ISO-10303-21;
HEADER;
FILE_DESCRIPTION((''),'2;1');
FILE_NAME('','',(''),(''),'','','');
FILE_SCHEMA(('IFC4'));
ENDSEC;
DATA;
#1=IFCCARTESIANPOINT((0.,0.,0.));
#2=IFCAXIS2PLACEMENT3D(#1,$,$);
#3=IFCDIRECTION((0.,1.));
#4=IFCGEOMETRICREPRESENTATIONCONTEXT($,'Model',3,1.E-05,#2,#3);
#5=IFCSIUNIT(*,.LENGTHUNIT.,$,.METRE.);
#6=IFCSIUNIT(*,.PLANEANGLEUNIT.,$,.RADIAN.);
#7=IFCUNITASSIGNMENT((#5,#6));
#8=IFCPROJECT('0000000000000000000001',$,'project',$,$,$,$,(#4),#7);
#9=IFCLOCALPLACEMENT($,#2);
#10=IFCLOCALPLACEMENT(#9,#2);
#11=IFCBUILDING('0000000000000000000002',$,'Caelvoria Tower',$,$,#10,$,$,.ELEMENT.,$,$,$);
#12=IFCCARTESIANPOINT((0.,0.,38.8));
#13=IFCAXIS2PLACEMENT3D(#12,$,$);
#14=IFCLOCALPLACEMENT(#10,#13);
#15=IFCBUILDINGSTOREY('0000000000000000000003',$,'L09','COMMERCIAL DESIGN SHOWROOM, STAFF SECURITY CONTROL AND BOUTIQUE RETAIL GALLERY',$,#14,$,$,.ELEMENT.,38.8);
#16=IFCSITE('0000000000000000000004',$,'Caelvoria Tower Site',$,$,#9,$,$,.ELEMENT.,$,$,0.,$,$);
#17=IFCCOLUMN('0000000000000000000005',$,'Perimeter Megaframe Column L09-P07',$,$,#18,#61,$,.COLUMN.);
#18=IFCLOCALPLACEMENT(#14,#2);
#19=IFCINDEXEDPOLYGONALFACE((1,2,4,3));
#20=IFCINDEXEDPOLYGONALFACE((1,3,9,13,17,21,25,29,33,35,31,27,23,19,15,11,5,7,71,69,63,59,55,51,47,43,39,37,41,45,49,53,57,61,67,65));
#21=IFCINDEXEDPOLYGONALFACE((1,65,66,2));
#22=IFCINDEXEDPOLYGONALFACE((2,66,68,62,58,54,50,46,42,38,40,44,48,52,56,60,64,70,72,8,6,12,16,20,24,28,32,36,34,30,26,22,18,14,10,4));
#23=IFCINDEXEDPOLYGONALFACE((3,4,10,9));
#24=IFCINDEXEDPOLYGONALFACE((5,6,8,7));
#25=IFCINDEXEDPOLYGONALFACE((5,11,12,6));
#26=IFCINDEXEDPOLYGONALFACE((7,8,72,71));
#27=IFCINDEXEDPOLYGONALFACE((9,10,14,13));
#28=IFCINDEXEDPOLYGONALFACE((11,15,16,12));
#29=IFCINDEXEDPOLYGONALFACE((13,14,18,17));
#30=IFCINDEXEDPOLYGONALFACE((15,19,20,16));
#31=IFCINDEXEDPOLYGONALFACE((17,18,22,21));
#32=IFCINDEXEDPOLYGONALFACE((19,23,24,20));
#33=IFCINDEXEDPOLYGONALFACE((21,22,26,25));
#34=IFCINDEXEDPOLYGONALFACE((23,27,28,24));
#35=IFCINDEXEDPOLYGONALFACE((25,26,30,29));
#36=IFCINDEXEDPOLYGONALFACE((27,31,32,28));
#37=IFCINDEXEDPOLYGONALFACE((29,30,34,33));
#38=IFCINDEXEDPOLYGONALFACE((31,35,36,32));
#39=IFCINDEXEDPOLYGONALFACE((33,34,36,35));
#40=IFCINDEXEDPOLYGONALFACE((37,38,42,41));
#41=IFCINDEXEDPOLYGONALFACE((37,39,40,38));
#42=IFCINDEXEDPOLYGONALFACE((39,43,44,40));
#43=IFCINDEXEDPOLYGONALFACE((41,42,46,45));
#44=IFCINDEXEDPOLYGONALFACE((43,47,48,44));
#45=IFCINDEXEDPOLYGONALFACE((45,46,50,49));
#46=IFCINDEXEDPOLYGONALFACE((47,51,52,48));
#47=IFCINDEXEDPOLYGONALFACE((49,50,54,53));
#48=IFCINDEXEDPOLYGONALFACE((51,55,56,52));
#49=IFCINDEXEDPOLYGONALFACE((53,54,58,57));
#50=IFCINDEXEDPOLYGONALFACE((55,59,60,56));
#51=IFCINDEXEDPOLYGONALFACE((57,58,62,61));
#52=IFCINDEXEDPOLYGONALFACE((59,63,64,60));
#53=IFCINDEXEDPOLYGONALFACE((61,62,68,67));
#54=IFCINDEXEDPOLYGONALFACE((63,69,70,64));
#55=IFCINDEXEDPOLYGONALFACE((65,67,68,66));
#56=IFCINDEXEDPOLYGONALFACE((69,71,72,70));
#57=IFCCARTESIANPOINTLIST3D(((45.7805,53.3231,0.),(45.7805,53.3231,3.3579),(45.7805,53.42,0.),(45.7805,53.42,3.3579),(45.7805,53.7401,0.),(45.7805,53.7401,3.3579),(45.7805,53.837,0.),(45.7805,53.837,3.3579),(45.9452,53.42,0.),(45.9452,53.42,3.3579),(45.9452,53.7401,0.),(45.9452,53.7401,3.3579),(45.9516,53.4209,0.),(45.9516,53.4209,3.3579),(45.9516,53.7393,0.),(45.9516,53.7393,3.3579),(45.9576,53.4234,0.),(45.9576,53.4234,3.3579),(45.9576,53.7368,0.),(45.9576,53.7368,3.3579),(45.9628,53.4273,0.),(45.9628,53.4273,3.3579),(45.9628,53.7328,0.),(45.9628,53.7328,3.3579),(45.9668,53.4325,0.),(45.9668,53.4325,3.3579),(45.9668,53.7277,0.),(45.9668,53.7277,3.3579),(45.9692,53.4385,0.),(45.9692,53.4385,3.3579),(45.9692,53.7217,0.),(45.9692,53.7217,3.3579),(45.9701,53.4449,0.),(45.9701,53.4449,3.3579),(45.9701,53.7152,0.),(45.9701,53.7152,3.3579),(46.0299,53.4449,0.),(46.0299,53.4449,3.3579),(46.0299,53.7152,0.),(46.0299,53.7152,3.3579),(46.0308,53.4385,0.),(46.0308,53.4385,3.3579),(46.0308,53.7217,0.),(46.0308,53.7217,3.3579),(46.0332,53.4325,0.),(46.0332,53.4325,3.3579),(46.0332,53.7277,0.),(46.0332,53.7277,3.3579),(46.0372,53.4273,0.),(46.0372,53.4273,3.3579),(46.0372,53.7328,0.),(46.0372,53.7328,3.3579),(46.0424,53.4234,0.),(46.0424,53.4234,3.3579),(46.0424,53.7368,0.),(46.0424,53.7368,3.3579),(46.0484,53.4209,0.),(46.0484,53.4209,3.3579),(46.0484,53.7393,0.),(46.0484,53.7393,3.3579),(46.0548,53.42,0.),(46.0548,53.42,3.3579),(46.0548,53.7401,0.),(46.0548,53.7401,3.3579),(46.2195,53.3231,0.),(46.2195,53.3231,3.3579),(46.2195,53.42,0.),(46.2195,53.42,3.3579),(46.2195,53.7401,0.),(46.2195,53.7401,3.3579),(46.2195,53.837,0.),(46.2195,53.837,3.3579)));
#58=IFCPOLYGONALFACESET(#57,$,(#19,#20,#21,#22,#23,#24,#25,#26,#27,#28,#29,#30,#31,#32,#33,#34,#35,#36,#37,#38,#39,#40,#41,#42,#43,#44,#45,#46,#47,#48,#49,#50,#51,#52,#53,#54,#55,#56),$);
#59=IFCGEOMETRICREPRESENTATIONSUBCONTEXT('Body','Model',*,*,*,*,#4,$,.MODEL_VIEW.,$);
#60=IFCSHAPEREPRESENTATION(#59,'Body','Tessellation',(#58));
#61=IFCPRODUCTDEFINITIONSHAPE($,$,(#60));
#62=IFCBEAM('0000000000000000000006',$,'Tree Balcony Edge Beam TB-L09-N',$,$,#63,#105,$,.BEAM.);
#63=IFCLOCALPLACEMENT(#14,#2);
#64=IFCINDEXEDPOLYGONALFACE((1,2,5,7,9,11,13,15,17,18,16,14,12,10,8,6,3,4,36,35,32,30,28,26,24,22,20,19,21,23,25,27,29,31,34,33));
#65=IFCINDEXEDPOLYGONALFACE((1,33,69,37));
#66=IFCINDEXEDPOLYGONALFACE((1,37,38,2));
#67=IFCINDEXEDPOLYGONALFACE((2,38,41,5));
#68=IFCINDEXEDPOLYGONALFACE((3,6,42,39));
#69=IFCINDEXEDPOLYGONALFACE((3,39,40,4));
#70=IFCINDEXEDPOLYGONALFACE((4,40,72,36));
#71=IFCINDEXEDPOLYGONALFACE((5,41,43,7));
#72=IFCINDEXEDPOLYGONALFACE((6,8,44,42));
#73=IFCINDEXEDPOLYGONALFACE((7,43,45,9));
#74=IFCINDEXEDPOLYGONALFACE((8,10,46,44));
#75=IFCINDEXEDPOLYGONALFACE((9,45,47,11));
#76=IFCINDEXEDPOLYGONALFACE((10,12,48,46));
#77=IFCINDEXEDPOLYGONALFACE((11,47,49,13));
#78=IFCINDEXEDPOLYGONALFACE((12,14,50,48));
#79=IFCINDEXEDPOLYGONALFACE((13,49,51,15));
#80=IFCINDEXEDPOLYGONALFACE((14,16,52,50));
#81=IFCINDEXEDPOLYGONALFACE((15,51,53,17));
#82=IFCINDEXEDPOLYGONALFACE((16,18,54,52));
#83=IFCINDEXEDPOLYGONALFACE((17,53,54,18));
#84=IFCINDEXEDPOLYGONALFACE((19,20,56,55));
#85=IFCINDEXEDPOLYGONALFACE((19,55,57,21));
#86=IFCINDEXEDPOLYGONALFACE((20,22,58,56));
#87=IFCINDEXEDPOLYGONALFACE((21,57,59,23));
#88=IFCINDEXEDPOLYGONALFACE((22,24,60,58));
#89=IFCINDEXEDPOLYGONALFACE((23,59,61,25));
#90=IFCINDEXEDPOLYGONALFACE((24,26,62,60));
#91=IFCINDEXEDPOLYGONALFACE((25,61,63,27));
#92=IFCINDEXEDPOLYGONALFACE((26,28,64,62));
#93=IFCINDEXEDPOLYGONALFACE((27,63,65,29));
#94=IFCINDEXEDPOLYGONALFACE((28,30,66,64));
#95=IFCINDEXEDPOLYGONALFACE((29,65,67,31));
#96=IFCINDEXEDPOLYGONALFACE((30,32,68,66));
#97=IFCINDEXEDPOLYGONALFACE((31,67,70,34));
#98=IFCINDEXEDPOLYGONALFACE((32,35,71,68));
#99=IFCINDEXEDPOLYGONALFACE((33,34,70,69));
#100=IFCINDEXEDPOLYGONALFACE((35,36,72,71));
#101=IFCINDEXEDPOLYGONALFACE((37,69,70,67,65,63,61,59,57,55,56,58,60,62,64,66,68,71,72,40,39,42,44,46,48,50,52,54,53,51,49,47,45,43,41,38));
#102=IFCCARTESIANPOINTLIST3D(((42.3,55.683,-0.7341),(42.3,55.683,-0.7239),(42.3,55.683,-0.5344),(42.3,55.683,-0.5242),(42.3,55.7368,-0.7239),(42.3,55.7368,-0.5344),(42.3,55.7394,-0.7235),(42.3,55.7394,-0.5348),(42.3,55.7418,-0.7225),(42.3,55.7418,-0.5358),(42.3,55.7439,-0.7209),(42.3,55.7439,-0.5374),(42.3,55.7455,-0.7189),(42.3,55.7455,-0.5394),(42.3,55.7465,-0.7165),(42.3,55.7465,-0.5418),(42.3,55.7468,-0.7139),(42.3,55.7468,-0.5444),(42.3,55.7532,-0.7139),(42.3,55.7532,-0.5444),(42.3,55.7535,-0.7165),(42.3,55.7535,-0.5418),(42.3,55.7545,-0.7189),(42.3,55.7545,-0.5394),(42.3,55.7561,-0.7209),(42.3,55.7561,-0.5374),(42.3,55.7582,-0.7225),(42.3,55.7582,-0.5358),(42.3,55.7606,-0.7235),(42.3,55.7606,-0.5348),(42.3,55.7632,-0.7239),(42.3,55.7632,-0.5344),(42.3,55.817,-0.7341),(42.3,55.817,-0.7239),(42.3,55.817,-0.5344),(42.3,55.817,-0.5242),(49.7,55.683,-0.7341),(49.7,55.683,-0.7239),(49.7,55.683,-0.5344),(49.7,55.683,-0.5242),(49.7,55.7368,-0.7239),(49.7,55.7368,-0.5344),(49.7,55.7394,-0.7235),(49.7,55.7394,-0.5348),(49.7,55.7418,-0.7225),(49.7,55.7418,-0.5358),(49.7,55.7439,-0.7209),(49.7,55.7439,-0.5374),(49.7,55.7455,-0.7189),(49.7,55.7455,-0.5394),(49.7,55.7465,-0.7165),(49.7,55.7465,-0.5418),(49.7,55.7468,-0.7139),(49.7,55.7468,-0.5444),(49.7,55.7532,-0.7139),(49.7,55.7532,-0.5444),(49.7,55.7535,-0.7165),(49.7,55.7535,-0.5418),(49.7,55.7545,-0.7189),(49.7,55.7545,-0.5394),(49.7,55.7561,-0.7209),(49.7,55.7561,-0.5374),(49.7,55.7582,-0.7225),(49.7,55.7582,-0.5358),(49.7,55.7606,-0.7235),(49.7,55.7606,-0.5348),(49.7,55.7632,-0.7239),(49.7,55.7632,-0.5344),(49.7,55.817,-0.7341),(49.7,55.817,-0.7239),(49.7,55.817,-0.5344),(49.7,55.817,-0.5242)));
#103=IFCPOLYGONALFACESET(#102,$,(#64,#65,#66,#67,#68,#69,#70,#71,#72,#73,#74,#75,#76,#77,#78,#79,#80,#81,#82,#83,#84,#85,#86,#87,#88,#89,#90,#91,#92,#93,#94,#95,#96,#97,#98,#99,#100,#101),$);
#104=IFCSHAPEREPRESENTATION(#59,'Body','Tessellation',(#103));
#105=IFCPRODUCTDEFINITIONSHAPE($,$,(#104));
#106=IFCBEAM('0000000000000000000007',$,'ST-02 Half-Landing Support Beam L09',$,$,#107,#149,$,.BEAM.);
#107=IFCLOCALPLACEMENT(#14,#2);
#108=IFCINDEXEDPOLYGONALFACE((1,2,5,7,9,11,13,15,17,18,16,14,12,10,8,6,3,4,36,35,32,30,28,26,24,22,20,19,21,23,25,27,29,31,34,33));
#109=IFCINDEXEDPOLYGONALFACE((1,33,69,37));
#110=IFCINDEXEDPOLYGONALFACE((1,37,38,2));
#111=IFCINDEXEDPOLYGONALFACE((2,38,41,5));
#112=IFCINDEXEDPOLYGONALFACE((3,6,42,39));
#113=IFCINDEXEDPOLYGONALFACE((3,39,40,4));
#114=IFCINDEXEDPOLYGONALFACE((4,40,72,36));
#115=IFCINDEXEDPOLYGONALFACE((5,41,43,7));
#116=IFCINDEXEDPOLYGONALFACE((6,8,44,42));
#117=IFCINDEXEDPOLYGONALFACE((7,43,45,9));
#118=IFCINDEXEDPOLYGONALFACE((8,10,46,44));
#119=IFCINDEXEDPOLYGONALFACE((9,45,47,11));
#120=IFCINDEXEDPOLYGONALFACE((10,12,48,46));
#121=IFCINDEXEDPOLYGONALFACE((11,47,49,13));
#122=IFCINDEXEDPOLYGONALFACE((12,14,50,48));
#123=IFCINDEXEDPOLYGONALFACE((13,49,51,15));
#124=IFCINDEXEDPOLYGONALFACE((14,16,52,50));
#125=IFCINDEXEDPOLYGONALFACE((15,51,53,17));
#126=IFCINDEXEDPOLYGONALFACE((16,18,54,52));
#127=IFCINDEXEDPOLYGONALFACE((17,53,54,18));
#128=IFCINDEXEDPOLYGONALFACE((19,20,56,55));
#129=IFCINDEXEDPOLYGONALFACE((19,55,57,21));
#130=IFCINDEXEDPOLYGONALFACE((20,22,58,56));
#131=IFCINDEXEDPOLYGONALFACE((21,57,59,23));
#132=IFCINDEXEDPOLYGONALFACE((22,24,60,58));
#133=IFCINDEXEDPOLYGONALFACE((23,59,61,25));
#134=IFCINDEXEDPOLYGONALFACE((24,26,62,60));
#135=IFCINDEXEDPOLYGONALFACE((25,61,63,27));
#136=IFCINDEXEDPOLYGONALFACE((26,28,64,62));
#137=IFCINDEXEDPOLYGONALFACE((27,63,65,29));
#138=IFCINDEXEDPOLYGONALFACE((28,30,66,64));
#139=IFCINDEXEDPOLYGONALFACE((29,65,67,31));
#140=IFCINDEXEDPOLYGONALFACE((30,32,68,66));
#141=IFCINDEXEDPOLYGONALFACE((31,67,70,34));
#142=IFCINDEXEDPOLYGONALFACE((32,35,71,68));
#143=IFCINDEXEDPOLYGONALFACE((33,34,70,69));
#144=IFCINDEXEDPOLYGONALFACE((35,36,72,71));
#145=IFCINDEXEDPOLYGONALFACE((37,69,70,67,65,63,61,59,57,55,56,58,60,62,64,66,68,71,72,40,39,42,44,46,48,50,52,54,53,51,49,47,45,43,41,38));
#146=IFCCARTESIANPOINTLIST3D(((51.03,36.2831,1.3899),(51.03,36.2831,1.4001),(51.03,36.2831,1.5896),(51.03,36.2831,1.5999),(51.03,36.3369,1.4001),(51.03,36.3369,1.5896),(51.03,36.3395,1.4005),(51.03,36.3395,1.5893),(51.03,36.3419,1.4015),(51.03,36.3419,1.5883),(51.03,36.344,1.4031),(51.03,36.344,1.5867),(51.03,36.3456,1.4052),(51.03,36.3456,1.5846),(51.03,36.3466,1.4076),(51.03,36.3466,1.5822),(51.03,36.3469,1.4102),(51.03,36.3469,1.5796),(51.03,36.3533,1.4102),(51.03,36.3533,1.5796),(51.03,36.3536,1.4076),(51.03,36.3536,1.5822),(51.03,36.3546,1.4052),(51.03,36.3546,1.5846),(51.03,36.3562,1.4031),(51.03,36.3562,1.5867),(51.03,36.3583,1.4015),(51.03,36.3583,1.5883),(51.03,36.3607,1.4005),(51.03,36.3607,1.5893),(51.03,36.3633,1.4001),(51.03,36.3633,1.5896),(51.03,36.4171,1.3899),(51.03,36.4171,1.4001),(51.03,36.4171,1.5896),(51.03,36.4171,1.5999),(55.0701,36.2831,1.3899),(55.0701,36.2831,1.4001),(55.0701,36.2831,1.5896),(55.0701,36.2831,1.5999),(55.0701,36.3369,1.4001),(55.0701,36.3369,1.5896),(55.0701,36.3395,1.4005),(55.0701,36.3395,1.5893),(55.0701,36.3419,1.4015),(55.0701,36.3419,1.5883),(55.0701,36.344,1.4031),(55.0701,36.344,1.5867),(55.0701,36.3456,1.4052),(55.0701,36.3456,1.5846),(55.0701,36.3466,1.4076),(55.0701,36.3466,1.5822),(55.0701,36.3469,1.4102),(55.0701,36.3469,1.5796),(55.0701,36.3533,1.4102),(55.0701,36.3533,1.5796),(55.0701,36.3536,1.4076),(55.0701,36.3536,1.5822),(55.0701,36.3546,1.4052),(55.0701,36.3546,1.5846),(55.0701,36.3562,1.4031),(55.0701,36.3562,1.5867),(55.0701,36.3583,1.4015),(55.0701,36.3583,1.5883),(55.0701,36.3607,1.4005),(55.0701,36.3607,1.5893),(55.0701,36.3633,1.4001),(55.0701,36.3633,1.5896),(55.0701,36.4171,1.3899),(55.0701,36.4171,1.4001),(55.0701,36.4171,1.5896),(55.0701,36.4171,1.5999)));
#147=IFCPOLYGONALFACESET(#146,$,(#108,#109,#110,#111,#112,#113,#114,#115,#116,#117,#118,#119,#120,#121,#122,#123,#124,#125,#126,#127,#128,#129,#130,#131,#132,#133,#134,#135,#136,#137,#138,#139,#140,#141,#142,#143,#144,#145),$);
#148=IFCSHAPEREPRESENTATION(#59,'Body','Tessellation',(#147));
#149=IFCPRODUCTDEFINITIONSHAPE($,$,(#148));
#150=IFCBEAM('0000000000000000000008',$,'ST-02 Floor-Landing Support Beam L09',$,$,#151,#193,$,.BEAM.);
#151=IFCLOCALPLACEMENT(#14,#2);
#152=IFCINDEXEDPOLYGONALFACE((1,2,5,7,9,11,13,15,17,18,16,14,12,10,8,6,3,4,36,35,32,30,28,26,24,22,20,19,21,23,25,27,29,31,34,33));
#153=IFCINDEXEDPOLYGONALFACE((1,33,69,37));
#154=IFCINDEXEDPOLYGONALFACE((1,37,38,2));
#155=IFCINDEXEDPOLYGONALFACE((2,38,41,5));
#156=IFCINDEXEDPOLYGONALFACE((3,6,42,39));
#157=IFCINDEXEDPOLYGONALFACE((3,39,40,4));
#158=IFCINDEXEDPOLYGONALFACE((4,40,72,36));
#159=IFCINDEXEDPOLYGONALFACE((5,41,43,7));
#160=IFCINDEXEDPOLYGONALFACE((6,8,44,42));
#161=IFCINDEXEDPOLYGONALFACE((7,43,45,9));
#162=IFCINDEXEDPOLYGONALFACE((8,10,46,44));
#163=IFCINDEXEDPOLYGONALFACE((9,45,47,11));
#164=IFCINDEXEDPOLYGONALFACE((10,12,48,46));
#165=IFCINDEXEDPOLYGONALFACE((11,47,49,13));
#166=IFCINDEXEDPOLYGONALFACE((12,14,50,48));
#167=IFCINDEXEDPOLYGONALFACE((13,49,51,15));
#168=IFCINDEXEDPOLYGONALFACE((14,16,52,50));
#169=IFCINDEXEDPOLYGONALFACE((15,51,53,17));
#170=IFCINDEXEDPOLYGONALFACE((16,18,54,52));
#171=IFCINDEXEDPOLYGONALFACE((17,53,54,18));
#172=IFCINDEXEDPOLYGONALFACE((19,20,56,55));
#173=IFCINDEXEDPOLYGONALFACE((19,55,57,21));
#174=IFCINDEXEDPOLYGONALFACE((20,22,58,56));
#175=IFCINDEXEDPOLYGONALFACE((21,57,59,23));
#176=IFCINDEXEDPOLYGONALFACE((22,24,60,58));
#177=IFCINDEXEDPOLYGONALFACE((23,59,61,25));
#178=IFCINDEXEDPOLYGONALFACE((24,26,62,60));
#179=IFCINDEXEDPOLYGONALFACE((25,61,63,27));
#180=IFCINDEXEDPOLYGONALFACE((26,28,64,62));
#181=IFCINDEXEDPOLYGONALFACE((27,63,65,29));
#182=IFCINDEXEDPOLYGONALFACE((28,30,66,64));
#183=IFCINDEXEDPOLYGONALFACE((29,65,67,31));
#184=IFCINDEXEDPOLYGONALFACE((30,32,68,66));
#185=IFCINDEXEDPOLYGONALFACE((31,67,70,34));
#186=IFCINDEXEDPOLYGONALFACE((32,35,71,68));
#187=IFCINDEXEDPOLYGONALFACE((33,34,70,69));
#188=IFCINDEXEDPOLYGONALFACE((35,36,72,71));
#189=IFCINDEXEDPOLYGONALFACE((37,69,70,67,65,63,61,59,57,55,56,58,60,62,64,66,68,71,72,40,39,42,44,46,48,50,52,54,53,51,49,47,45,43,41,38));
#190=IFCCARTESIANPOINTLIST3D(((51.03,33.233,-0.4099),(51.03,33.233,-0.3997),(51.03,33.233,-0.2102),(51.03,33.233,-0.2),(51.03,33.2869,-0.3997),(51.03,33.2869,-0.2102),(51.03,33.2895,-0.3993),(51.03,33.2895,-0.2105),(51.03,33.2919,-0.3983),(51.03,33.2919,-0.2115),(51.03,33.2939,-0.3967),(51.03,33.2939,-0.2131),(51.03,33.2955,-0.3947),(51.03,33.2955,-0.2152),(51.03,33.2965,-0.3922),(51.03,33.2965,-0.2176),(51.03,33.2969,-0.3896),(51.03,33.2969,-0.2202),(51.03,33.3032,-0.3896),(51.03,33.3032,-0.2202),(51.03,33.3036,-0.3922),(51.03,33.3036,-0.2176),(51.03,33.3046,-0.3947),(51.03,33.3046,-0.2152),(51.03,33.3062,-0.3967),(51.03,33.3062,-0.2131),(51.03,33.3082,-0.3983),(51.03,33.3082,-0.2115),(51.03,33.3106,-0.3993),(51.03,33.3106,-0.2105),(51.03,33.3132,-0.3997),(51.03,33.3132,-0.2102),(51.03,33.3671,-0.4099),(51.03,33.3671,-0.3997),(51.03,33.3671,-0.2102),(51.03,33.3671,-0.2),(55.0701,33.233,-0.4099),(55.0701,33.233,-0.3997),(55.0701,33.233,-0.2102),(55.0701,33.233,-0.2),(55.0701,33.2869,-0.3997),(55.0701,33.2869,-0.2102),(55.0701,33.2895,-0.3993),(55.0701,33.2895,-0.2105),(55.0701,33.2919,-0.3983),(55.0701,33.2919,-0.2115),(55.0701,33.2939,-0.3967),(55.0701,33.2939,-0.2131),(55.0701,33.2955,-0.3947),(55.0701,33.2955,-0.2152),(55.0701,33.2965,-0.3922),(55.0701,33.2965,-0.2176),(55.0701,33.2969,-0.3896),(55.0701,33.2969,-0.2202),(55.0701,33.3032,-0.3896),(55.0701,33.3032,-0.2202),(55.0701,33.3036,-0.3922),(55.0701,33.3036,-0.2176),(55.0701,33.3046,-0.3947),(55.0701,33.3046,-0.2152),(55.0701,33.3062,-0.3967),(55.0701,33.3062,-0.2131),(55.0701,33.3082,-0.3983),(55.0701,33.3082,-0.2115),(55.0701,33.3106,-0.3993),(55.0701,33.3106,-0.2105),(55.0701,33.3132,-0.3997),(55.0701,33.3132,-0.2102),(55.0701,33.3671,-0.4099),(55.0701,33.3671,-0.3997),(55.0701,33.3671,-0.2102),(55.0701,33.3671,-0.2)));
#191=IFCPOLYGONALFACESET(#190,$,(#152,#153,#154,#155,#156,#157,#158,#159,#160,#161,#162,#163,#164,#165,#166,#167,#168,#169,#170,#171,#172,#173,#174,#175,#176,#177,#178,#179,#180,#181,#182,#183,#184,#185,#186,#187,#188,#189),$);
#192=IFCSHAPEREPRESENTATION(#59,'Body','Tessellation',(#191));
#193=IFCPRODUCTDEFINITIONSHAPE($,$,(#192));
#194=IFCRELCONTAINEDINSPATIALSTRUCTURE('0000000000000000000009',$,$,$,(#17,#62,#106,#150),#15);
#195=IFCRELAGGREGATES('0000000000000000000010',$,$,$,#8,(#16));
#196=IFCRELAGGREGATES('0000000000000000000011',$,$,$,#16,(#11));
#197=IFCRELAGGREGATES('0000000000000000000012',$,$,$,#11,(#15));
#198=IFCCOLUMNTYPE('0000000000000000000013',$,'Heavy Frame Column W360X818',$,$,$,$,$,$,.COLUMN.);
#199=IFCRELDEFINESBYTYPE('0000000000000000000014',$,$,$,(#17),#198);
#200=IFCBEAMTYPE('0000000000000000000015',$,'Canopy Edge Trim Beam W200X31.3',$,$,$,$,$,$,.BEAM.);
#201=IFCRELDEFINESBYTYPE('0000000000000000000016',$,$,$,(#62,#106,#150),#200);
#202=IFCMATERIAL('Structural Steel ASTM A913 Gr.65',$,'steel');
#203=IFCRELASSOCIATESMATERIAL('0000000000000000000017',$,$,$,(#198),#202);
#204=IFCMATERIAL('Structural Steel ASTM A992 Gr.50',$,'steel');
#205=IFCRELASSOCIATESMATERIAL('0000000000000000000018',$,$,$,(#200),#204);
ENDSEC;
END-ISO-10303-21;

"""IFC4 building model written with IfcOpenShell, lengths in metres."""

from ifc_helpers import new_model, si_unit, direction, frame, origin, origin_2d, place, context, subcontext, project, spatial, i_section, extrude, material, material_profile, profile_set, type_object, element, save


model = new_model("IFC4")

# Units and contexts
model_context = context("Model", 3, precision=1e-05, world=origin(), true_north=direction((0.0, 1.0)))
body_context = subcontext(model_context, "Body", "Model", "MODEL_VIEW")
ifc_project = project(units=[si_unit("LENGTHUNIT", "METRE"), si_unit("PLANEANGLEUNIT", "RADIAN")], contexts=[model_context])

# Site, building, storey
site_placement = place(None, origin())
site = spatial("IfcSite", under=ifc_project, at=site_placement, Name="Caelvoria Tower Site", CompositionType="ELEMENT", RefElevation=0.0)
building_placement = place(site_placement, origin())
building = spatial("IfcBuilding", under=site, at=building_placement, Name="Caelvoria Tower", CompositionType="ELEMENT")
storey_placement = place(building_placement, frame((0.0, 0.0, 38.8)))
storey = spatial("IfcBuildingStorey", under=building, at=storey_placement, Name="L09", Description="COMMERCIAL DESIGN SHOWROOM, STAFF SECURITY CONTROL AND BOUTIQUE RETAIL GALLERY", CompositionType="ELEMENT", Elevation=38.8)

# Column
ifc_material_1 = material(Name="Structural Steel ASTM A913 Gr.65", Category="steel")
ifc_material_profile_1 = material_profile(ifc_material_1, i_section(OverallWidth=0.439, OverallDepth=0.5139, WebThickness=0.0598, FlangeThickness=0.0969, FilletRadius=0.0249, at=origin_2d()), Name="Structural Steel ASTM A913 Gr.65")
ifc_profile_set_1 = profile_set([ifc_material_profile_1], Name="W360X818 - Structural Steel ASTM A913 Gr.65")
column_type = type_object("IfcColumnType", Name="Heavy Frame Column W360X818", PredefinedType="COLUMN", material=ifc_profile_set_1)
column_placement = place(storey_placement, frame((46.0, 53.5801, 0.0), z_axis=(0.0, 0.0, 1.0), x_axis=(1.0, 0.0, 0.0)))
element("IfcColumn", 1, at=column_placement, inside=storey, type_object=column_type, Name="Perimeter Megaframe Column L09-P07", PredefinedType="COLUMN", context=body_context, shape_type="SweptSolid", body=[
    extrude(i_section(OverallWidth=0.439, OverallDepth=0.5139, WebThickness=0.0598, FlangeThickness=0.0969, FilletRadius=0.0249, at=origin_2d()), origin(), (0.0, 0.0, 1.0), 3.3579),
])

# Beams
ifc_material_2 = material(Name="Structural Steel ASTM A992 Gr.50", Category="steel")
ifc_material_profile_2 = material_profile(ifc_material_2, i_section(OverallWidth=0.134, OverallDepth=0.21, WebThickness=0.0063, FlangeThickness=0.0103, FilletRadius=0.01, at=origin_2d()), Name="Structural Steel ASTM A992 Gr.50")
ifc_profile_set_2 = profile_set([ifc_material_profile_2], Name="W200X31.3 - Structural Steel ASTM A992 Gr.50")
beam_type_1 = type_object("IfcBeamType", Name="Canopy Edge Trim Beam W200X31.3", PredefinedType="BEAM", material=ifc_profile_set_2)
beam_1_placement = place(storey_placement, frame((42.3, 55.75, -0.6292), z_axis=(1.0, 0.0, 0.0), x_axis=(0.0, 1.0, 0.0)))
element("IfcBeam", 2, at=beam_1_placement, inside=storey, type_object=beam_type_1, Name="Tree Balcony Edge Beam TB-L09-N", PredefinedType="BEAM", context=body_context, shape_type="SweptSolid", body=[
    extrude(i_section(OverallWidth=0.134, OverallDepth=0.21, WebThickness=0.0063, FlangeThickness=0.0103, FilletRadius=0.01, at=origin_2d()), origin(), (0.0, 0.0, 1.0), 7.3999),
])
for number, where, z_axis, x_axis, name in (
    (3, (51.03, 36.3501, 1.4949), (1.0, 0.0, 0.0), (0.0, 1.0, 0.0), "ST-02 Half-Landing Support Beam L09"),
    (4, (51.03, 33.3, -0.3049), (1.0, 0.0, 0.0), (0.0, 1.0, 0.0), "ST-02 Floor-Landing Support Beam L09"),
):
    element("IfcBeam", number, at=place(storey_placement, frame(where, z_axis=z_axis, x_axis=x_axis)), inside=storey, type_object=beam_type_1, Name=name, PredefinedType="BEAM", context=body_context, shape_type="SweptSolid", body=[
        extrude(i_section(OverallWidth=0.134, OverallDepth=0.21, WebThickness=0.0063, FlangeThickness=0.0103, FilletRadius=0.01, at=origin_2d()), origin(), (0.0, 0.0, 1.0), 4.04),
    ])

save(model, "model.ifc")
